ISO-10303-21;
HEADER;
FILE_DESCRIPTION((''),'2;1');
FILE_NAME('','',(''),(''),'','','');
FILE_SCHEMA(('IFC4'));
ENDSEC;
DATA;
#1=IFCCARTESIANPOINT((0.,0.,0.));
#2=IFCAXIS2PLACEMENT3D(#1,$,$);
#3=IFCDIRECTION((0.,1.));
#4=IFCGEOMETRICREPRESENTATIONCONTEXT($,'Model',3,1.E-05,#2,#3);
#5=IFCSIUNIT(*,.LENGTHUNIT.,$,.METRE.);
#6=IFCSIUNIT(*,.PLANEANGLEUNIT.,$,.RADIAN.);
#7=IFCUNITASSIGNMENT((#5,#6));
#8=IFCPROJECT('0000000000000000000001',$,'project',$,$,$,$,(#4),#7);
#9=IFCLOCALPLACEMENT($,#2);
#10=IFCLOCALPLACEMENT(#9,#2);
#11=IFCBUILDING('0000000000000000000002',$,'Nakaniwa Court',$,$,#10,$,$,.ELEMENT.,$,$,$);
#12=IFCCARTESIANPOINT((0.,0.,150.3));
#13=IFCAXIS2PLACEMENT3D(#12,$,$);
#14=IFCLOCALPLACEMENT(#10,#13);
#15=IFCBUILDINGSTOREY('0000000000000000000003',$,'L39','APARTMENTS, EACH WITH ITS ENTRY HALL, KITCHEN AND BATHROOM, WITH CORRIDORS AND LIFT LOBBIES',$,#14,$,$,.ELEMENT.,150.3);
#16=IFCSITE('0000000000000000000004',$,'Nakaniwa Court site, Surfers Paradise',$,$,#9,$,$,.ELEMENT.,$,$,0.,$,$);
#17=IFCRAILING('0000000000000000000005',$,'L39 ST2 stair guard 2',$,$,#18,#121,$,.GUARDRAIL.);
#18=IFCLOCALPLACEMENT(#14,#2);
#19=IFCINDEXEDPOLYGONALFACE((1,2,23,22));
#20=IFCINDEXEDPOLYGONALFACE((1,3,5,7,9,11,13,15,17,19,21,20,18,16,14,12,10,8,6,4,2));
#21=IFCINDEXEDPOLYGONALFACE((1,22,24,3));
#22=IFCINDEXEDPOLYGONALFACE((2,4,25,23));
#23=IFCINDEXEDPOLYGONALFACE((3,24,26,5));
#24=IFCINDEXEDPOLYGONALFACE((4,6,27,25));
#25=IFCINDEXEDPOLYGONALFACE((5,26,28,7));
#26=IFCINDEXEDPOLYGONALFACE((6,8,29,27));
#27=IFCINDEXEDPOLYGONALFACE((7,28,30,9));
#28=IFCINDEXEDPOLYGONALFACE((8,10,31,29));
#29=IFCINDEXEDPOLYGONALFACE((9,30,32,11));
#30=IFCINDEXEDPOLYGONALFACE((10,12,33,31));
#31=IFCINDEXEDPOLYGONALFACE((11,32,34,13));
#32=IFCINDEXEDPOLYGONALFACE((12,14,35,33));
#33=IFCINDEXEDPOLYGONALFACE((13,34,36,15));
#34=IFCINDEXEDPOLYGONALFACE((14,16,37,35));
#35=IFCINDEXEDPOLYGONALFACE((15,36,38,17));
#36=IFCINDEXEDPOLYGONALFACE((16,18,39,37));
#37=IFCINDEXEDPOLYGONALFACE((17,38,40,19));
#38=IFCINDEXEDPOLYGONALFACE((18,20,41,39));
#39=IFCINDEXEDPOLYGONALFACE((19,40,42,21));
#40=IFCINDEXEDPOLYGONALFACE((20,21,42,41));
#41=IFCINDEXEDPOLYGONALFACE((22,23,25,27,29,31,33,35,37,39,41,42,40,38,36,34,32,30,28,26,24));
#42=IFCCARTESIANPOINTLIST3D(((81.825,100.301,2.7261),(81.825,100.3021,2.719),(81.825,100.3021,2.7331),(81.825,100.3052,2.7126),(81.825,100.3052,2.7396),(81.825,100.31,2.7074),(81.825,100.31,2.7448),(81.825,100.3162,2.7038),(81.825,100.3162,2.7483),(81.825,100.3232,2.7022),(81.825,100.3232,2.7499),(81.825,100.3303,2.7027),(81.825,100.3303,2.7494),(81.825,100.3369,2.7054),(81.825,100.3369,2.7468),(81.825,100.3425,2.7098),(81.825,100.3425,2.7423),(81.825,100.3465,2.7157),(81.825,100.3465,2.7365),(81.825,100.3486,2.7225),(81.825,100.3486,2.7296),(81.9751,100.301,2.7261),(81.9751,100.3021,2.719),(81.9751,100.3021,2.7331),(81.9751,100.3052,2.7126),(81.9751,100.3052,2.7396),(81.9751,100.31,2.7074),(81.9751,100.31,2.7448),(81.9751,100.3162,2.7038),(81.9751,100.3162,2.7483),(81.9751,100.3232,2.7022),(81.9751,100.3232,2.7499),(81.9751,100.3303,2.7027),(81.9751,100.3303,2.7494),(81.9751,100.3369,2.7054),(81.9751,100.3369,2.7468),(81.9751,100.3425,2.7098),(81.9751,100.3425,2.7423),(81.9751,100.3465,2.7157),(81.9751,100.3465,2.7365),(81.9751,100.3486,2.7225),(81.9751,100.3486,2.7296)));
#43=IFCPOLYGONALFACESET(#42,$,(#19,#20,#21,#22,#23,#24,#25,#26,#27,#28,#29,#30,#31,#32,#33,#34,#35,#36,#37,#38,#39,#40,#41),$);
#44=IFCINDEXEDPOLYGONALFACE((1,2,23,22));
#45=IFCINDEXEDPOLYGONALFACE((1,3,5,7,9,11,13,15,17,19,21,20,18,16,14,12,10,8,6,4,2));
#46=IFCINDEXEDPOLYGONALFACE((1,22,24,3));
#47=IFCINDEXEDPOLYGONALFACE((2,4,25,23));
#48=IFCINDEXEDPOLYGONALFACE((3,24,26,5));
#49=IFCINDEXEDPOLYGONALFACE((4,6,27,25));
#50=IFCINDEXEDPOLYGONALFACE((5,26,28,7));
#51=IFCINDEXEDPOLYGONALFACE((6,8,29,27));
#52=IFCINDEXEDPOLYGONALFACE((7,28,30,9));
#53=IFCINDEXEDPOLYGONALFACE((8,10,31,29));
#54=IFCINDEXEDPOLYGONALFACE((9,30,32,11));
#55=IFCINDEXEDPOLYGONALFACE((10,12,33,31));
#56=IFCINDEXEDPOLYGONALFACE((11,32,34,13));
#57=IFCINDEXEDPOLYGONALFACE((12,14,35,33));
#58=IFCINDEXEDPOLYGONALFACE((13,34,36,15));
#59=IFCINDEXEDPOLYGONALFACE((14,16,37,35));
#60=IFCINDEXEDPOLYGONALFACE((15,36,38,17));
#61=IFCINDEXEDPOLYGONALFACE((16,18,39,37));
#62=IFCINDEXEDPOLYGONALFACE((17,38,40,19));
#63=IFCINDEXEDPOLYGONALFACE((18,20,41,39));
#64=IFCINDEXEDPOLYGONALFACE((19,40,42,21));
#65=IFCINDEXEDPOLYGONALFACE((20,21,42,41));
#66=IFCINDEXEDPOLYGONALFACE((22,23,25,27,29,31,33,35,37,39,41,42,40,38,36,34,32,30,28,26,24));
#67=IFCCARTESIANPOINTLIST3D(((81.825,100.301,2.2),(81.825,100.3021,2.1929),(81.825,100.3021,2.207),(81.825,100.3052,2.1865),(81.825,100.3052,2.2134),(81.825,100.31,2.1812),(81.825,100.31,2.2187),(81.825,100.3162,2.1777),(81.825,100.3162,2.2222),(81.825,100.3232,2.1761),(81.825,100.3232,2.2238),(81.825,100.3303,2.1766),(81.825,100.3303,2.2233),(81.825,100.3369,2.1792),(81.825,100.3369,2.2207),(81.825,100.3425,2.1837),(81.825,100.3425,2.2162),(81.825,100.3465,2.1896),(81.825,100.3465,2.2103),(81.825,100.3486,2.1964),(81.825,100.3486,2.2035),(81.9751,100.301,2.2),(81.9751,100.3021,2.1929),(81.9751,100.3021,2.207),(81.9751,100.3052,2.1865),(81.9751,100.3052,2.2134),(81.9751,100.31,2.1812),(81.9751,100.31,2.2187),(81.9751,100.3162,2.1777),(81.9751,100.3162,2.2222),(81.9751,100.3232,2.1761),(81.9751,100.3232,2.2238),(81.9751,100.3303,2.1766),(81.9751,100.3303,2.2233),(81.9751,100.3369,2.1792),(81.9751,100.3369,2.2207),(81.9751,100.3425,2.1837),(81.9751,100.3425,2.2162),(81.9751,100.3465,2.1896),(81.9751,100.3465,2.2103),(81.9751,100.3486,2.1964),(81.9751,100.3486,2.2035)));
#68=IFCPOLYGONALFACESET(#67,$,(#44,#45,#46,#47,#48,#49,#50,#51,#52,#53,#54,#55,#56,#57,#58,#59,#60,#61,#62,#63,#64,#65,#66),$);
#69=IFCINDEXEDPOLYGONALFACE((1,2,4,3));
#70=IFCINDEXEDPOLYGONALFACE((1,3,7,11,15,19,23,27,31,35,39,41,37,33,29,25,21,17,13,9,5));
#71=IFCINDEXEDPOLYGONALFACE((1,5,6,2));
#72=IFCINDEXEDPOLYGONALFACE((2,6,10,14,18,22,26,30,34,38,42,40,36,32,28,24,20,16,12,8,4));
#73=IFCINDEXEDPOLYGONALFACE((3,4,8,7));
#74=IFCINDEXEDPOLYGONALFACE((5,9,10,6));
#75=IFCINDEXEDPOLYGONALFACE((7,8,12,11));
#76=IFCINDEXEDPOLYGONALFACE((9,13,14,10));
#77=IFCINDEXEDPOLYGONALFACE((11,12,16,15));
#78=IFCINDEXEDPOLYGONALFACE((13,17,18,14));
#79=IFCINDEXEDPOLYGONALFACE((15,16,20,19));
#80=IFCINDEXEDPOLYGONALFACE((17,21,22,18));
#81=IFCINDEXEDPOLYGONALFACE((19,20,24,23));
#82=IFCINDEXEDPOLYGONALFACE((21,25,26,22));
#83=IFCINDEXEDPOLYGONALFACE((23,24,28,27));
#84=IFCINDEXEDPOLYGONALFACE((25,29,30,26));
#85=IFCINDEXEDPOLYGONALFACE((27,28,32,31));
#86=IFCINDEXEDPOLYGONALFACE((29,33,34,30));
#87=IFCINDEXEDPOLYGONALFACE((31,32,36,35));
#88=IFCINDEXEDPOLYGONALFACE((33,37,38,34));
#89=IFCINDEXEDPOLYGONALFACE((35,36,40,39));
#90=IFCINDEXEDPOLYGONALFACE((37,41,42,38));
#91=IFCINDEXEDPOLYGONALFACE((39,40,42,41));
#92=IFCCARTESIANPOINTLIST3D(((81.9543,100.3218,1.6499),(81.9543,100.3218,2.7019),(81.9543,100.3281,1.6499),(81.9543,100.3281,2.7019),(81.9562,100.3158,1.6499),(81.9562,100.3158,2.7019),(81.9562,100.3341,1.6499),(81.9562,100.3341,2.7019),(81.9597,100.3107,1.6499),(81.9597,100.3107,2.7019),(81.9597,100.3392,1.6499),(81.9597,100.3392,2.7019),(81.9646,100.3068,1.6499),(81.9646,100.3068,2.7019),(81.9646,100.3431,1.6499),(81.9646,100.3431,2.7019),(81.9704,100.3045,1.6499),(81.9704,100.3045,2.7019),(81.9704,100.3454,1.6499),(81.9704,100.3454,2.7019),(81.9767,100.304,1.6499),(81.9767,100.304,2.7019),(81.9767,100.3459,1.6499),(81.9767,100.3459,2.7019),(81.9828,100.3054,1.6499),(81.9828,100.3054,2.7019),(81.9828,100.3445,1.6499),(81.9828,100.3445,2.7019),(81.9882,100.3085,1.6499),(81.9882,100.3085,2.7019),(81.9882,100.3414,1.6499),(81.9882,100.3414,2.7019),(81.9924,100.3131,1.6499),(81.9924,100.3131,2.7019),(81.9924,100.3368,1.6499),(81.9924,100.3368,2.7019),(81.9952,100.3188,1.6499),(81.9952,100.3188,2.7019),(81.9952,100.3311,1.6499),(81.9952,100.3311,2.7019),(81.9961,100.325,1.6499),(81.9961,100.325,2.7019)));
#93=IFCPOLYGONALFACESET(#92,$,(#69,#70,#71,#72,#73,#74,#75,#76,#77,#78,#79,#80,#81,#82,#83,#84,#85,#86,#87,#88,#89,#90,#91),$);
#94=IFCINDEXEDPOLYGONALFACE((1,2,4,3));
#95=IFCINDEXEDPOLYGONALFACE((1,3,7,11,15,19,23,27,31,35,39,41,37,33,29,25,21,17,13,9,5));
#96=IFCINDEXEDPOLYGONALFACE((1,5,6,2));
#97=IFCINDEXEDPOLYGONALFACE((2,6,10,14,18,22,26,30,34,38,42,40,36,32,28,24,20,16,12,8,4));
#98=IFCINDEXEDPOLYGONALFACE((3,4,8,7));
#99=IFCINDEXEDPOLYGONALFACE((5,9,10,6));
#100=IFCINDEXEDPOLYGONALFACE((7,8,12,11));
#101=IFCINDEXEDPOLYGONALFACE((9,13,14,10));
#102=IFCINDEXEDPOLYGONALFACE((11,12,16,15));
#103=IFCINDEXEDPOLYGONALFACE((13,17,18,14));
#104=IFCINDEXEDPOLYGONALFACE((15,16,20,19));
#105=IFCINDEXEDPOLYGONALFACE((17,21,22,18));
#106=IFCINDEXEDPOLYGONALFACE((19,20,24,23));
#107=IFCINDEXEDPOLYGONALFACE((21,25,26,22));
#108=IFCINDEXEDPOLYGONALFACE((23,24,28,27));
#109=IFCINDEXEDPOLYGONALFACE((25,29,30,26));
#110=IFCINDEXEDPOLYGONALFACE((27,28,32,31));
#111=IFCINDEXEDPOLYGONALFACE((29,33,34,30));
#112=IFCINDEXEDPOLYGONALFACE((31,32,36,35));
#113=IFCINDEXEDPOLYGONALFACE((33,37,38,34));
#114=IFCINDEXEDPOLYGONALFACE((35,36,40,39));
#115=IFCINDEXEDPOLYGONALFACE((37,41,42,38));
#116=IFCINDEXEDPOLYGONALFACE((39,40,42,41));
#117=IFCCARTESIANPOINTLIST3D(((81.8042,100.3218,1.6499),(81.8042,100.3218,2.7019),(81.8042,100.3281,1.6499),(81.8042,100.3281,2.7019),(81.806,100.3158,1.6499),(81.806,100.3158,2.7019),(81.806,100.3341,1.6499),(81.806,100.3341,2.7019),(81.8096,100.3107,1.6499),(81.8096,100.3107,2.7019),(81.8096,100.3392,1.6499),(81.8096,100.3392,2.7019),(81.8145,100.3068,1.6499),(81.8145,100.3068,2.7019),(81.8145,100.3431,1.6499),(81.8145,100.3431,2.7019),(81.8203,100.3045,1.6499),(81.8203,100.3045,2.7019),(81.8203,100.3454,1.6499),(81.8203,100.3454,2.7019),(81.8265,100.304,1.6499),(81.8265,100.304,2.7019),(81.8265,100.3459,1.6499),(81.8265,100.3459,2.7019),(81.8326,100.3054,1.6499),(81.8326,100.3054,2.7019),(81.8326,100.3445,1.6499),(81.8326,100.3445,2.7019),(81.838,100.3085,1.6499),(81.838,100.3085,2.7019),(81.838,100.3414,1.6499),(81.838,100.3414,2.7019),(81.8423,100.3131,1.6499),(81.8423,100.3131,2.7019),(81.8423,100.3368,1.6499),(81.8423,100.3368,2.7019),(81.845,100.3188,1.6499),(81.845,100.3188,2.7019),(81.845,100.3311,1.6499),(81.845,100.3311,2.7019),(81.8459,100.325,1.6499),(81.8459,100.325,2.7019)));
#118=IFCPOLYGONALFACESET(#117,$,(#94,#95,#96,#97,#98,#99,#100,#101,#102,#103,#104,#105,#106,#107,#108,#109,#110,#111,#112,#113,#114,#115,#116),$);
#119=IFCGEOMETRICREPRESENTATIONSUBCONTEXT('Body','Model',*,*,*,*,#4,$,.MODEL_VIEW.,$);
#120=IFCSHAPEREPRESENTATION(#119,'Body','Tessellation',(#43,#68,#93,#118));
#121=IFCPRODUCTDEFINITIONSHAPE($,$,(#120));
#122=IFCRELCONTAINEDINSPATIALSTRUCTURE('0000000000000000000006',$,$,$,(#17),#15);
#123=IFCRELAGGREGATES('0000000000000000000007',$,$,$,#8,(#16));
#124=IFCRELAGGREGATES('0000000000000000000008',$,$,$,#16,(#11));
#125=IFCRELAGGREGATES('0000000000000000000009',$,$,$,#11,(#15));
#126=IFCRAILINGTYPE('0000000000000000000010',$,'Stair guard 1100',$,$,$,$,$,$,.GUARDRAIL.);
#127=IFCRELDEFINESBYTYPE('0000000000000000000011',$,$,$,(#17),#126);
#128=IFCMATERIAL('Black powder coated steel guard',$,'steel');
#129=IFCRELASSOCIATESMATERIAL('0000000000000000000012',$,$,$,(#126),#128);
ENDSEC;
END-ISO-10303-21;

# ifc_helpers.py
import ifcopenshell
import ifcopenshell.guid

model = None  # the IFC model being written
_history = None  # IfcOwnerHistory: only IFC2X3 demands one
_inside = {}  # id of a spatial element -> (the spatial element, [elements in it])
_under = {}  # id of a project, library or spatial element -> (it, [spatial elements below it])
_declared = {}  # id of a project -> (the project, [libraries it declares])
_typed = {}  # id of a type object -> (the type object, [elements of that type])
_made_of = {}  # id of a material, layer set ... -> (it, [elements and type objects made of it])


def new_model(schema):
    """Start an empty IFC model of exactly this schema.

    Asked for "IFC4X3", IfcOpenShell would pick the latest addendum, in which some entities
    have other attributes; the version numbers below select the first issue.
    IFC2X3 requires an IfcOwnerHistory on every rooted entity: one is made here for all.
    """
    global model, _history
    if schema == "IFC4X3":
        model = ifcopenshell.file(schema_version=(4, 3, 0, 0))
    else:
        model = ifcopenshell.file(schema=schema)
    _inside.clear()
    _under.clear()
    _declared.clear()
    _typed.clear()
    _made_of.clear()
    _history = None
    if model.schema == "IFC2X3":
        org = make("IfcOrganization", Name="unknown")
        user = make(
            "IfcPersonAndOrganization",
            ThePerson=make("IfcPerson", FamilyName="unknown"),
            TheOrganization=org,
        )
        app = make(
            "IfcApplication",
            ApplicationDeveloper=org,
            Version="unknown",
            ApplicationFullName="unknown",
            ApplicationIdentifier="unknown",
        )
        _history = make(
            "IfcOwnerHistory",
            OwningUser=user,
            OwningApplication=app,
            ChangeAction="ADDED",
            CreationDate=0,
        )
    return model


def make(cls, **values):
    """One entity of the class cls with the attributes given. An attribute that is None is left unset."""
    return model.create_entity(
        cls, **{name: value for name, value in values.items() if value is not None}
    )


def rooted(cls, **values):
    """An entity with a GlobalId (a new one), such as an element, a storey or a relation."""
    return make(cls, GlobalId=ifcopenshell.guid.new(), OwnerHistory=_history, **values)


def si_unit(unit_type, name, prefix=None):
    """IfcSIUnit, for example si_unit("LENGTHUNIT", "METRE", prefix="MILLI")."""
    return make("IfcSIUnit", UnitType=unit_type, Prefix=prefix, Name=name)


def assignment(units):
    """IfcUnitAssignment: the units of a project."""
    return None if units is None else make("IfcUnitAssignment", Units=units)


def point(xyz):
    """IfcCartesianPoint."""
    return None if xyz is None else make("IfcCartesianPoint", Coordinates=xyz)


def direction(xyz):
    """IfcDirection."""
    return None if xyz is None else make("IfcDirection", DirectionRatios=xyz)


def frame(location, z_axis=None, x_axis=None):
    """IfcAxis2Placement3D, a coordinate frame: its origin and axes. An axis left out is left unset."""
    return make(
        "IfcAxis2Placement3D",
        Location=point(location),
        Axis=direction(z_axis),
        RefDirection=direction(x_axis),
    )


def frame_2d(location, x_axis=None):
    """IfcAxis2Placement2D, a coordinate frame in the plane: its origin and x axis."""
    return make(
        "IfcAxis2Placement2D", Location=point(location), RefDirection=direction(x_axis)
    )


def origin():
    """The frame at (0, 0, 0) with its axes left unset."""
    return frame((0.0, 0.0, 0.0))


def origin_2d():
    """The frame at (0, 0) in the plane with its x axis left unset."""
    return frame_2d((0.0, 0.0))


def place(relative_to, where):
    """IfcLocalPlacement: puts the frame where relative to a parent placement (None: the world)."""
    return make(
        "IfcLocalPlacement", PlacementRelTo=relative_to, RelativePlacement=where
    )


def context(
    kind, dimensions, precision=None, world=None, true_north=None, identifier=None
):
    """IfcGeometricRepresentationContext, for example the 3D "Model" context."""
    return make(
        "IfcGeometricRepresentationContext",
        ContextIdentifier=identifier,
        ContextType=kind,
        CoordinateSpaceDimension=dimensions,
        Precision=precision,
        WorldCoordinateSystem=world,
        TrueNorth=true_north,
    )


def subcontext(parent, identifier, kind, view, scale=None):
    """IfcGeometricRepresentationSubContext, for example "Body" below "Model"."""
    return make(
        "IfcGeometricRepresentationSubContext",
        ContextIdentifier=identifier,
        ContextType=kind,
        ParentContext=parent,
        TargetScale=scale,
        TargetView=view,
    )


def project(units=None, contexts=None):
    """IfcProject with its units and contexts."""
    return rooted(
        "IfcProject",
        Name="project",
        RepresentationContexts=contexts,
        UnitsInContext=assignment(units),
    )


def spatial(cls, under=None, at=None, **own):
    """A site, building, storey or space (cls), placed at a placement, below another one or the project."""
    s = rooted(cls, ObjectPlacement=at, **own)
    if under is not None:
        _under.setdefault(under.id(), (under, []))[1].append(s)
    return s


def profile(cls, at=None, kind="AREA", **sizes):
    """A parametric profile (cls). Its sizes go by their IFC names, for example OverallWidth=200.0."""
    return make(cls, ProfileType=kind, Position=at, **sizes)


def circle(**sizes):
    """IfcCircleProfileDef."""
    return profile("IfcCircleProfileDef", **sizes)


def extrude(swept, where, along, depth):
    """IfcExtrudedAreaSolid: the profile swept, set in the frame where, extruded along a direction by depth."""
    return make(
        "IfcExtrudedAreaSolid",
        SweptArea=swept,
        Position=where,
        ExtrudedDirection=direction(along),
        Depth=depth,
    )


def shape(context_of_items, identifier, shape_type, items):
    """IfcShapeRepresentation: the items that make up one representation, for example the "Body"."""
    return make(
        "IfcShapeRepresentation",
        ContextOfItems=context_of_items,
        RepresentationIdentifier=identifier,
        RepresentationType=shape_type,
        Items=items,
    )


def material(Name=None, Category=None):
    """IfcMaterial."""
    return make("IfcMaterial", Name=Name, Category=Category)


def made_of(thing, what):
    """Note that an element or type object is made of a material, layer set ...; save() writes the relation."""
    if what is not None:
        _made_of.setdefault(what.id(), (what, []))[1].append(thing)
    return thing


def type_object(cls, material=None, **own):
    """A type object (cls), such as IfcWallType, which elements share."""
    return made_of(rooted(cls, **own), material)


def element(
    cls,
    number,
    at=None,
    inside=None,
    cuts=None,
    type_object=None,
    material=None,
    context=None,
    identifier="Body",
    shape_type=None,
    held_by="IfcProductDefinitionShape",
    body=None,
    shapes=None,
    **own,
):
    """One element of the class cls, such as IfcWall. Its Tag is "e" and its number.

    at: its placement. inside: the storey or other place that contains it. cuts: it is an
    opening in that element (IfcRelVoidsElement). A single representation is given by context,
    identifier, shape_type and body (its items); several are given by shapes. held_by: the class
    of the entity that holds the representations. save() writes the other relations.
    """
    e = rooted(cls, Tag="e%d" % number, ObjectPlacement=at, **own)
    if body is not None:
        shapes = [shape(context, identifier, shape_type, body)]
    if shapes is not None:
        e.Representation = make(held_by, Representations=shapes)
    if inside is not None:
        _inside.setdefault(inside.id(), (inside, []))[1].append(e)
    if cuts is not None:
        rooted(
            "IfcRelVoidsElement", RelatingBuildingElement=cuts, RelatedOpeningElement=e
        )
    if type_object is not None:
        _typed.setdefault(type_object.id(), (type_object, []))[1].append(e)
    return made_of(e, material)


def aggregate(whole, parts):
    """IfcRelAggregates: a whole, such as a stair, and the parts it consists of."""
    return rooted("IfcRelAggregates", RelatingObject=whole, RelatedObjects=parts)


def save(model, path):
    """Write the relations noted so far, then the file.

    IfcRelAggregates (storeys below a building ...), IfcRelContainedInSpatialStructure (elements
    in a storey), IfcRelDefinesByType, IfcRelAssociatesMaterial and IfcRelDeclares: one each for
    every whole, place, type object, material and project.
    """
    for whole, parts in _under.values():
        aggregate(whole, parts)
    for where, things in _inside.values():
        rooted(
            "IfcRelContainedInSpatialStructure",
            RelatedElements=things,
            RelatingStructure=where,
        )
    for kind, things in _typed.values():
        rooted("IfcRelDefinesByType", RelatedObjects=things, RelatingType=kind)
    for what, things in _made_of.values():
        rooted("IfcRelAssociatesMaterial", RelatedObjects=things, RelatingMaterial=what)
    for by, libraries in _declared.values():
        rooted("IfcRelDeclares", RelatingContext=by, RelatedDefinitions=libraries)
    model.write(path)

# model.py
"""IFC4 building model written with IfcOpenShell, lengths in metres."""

from ifc_helpers import new_model, si_unit, direction, frame, origin, origin_2d, place, context, subcontext, project, spatial, circle, extrude, material, type_object, element, save


model = new_model("IFC4")

# Units and contexts
model_context = context("Model", 3, precision=1e-05, world=origin(), true_north=direction((0.0, 1.0)))
body_context = subcontext(model_context, "Body", "Model", "MODEL_VIEW")
ifc_project = project(units=[si_unit("LENGTHUNIT", "METRE"), si_unit("PLANEANGLEUNIT", "RADIAN")], contexts=[model_context])

# Site, building, storey
site_placement = place(None, origin())
site = spatial("IfcSite", under=ifc_project, at=site_placement, Name="Nakaniwa Court site, Surfers Paradise", CompositionType="ELEMENT", RefElevation=0.0)
building_placement = place(site_placement, origin())
building = spatial("IfcBuilding", under=site, at=building_placement, Name="Nakaniwa Court", CompositionType="ELEMENT")
storey_placement = place(building_placement, frame((0.0, 0.0, 150.3)))
storey = spatial("IfcBuildingStorey", under=building, at=storey_placement, Name="L39", Description="APARTMENTS, EACH WITH ITS ENTRY HALL, KITCHEN AND BATHROOM, WITH CORRIDORS AND LIFT LOBBIES", CompositionType="ELEMENT", Elevation=150.3)

# Railing
ifc_material_1 = material(Name="Black powder coated steel guard", Category="steel")
railing_type_1 = type_object("IfcRailingType", Name="Stair guard 1100", PredefinedType="GUARDRAIL", material=ifc_material_1)
railing_1_placement = place(storey_placement, frame((81.9751, 100.325, 1.6499)))
element("IfcRailing", 1, at=railing_1_placement, inside=storey, type_object=railing_type_1, Name="L39 ST2 stair guard 2", PredefinedType="GUARDRAIL", context=body_context, shape_type="SweptSolid", body=[
    extrude(circle(Radius=0.0239, at=origin_2d()), frame((0.0, 0.0, 1.0762), z_axis=(-1.0, 0.0, 0.0), x_axis=(0.0, -1.0, 0.0)), (0.0, 0.0, 1.0), 0.1501),
    extrude(circle(Radius=0.0239, at=origin_2d()), frame((0.0, 0.0, 0.55), z_axis=(-1.0, 0.0, 0.0), x_axis=(0.0, -1.0, 0.0)), (0.0, 0.0, 1.0), 0.1501),
    extrude(circle(Radius=0.021, at=origin_2d()), origin(), (0.0, 0.0, 1.0), 1.052),
    extrude(circle(Radius=0.021, at=origin_2d()), frame((-0.1501, 0.0, 0.0)), (0.0, 0.0, 1.0), 1.052),
])

save(model, "model.ifc")
